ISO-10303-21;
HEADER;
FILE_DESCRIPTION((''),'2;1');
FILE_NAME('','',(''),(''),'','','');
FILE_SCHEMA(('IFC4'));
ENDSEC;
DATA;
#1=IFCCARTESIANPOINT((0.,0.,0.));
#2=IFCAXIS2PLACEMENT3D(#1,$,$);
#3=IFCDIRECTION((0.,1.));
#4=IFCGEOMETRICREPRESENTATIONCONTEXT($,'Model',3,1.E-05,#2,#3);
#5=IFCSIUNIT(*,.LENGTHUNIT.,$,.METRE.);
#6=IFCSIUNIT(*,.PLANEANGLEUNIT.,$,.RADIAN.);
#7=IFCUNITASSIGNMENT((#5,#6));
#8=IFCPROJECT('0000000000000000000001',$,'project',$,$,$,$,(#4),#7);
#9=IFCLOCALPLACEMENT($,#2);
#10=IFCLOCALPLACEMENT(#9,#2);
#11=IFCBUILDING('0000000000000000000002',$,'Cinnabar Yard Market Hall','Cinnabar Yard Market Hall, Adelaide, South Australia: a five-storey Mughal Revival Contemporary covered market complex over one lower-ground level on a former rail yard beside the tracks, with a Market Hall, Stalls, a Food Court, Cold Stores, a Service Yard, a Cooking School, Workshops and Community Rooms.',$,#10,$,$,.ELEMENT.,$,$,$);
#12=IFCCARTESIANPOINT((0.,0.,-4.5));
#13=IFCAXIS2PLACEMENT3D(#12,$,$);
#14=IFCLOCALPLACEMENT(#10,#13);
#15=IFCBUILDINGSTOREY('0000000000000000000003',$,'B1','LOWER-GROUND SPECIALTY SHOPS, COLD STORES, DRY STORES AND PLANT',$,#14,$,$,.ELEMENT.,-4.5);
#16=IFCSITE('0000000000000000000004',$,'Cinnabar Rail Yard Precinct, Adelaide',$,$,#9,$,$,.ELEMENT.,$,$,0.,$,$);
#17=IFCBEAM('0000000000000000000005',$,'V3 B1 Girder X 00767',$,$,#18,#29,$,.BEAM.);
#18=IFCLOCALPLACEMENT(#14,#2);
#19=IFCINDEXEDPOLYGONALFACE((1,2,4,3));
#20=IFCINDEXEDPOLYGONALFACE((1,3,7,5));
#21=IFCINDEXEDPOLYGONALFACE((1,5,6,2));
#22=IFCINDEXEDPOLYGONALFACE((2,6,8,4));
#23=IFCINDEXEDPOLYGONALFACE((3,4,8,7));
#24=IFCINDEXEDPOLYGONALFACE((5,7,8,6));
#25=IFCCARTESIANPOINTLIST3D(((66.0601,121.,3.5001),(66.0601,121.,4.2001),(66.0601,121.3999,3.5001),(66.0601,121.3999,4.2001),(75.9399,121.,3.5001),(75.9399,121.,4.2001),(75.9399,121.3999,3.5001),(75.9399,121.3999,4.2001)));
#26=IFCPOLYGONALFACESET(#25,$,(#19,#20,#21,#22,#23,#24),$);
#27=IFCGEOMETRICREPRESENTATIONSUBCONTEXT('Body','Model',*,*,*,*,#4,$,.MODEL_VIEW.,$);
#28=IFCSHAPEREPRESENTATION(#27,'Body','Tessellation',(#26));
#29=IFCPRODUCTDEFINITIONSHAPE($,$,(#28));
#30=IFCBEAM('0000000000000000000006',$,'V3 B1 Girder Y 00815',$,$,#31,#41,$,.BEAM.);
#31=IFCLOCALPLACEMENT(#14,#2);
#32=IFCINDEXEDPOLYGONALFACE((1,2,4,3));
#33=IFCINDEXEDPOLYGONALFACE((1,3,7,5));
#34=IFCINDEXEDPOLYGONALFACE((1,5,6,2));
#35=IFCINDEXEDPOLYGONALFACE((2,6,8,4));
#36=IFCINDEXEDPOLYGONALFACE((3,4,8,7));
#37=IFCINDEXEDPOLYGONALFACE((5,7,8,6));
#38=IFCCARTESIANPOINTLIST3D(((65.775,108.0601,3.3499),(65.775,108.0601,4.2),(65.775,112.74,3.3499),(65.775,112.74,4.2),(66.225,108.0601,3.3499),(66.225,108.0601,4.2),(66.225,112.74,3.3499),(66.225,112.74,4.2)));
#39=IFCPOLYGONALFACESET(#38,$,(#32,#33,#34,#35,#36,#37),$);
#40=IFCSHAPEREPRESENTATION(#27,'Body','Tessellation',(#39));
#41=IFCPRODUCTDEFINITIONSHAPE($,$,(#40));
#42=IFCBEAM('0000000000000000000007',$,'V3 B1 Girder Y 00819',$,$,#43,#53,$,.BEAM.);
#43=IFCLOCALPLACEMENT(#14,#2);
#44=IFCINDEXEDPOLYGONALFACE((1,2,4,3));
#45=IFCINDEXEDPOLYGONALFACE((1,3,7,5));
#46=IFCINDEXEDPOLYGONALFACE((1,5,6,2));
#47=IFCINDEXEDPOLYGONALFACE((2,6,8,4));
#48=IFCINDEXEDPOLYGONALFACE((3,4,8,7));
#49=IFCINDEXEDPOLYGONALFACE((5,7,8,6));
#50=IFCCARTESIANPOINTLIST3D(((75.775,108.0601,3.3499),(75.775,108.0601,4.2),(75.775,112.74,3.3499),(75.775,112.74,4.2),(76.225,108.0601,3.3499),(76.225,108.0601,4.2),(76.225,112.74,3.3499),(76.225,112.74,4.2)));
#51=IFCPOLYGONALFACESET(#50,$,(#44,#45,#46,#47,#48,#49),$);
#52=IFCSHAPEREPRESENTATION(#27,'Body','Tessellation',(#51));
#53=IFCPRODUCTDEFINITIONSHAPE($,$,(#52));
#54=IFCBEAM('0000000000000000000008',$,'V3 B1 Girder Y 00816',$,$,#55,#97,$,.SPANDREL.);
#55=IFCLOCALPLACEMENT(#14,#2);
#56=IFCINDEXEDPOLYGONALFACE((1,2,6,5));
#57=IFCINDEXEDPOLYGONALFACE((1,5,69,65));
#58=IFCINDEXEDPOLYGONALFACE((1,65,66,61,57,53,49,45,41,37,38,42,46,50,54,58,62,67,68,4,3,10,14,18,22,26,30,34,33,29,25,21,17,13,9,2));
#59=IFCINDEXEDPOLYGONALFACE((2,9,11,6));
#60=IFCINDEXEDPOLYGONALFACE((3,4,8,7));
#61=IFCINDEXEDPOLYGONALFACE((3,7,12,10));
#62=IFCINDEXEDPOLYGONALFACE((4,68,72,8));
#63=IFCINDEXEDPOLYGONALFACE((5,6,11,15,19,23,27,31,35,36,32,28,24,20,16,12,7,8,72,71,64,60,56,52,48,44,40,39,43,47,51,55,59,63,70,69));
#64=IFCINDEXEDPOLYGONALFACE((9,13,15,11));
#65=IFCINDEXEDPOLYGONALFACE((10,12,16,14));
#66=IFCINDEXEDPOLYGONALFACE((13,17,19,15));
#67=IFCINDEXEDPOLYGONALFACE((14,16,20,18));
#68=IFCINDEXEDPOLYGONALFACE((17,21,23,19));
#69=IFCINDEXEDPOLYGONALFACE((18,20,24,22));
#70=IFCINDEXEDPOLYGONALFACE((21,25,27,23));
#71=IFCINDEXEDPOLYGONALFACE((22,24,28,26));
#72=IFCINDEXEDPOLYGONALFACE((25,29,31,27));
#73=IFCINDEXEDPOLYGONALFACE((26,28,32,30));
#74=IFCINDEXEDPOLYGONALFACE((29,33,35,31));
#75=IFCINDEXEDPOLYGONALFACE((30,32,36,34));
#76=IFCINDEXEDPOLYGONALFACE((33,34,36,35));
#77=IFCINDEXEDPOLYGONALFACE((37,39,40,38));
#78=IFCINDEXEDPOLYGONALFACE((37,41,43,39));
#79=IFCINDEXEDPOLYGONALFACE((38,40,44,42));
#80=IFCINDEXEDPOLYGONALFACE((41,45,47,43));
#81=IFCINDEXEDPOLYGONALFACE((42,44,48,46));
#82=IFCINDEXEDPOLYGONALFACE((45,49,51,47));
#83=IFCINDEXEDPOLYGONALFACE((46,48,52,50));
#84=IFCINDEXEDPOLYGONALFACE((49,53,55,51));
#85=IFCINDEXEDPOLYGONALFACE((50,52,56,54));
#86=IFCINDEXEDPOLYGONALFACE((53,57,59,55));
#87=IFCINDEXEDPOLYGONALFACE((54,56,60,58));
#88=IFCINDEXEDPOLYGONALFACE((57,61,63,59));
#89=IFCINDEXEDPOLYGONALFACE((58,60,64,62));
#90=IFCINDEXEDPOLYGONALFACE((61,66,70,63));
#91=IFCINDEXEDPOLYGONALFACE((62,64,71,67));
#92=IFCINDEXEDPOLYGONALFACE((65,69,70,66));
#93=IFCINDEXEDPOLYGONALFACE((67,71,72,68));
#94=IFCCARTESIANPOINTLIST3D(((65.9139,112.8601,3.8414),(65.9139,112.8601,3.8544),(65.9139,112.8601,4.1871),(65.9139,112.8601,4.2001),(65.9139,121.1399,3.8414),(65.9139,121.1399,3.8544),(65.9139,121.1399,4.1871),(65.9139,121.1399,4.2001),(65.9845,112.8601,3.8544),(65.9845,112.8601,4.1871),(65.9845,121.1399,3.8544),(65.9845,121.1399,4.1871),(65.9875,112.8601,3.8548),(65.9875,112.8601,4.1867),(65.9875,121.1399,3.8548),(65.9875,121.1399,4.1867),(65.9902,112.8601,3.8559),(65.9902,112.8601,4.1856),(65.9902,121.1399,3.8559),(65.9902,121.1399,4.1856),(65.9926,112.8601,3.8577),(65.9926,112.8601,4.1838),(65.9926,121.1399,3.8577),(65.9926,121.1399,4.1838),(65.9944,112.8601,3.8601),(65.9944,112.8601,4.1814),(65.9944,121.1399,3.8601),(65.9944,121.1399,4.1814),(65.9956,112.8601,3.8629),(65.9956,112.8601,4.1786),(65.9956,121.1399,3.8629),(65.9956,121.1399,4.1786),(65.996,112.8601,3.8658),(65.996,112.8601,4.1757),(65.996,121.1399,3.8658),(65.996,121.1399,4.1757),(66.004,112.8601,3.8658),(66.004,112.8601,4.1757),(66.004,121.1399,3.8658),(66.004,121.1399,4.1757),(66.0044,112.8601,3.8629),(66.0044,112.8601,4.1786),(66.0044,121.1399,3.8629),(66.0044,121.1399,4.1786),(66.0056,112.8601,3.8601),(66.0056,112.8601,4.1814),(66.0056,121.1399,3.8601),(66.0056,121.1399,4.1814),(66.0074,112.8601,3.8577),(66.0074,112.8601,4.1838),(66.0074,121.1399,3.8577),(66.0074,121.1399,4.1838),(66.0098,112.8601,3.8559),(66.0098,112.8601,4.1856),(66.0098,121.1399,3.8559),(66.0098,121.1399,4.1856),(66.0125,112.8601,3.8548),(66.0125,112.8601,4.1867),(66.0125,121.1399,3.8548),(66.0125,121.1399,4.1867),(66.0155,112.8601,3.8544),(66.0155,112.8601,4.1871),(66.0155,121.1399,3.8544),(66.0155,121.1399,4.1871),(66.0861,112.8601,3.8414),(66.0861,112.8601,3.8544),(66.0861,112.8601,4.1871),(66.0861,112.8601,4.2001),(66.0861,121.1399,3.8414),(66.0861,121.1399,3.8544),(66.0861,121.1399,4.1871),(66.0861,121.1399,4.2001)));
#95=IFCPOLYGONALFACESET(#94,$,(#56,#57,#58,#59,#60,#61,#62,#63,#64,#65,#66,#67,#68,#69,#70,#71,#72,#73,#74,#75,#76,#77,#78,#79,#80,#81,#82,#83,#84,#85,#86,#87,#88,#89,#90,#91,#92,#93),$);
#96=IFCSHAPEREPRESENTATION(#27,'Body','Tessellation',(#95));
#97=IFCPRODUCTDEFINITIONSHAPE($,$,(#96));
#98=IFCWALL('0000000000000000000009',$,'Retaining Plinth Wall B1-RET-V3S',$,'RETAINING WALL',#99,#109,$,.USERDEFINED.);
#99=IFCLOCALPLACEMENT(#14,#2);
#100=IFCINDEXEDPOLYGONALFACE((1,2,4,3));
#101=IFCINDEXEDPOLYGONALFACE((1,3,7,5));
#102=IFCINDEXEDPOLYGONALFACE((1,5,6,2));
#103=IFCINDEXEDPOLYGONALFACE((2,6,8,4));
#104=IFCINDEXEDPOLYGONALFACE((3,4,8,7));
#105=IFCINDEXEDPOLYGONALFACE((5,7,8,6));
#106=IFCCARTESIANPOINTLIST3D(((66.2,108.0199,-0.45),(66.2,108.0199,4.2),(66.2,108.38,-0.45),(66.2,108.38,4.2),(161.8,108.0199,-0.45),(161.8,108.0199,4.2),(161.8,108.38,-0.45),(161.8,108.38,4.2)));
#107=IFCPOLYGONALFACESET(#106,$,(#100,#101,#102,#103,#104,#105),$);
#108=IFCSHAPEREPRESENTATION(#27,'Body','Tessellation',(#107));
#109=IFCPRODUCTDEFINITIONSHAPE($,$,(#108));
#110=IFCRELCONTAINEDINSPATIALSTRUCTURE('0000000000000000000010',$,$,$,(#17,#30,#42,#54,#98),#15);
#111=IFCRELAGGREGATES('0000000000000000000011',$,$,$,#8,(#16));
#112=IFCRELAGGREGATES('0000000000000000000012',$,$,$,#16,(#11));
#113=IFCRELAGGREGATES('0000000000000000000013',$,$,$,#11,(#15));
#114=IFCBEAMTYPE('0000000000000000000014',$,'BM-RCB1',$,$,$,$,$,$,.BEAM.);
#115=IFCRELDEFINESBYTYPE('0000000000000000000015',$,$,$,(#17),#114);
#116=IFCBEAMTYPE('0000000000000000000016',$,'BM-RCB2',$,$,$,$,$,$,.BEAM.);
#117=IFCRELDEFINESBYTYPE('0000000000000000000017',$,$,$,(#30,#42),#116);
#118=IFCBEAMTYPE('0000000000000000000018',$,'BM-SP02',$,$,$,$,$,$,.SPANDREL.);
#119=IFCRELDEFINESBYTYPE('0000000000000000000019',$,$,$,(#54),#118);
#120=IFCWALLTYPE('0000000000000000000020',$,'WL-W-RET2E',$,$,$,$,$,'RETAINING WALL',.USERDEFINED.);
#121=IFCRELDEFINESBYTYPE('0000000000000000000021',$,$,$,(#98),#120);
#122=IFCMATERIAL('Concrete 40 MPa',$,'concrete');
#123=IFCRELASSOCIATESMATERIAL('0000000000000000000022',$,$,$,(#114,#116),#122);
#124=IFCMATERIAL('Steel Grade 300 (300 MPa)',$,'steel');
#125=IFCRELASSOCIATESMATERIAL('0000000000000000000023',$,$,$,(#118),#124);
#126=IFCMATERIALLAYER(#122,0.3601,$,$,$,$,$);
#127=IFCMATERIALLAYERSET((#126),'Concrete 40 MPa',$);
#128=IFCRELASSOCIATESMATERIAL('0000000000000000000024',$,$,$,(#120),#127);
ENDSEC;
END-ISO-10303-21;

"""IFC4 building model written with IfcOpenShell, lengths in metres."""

from ifc_helpers import new_model, si_unit, direction, frame, frame_2d, origin, origin_2d_with_axis, place, context, subcontext, project, spatial, rectangle, i_section, extrude, material, layer, layer_set, material_profile, profile_set, type_object, element, save


model = new_model("IFC4")

# Units and contexts
model_context = context("Model", 3, precision=1e-05, world=origin(), true_north=direction((0.0, 1.0)))
body_context = subcontext(model_context, "Body", "Model", "MODEL_VIEW")
ifc_project = project(units=[si_unit("LENGTHUNIT", "METRE"), si_unit("PLANEANGLEUNIT", "RADIAN")], contexts=[model_context])

# Site, building, storey
site_placement = place(None, origin())
site = spatial("IfcSite", under=ifc_project, at=site_placement, Name="Cinnabar Rail Yard Precinct, Adelaide", CompositionType="ELEMENT", RefElevation=0.0)
building_placement = place(site_placement, origin())
building = spatial("IfcBuilding", under=site, at=building_placement, Name="Cinnabar Yard Market Hall", Description="Cinnabar Yard Market Hall, Adelaide, South Australia: a five-storey Mughal Revival Contemporary covered market complex over one lower-ground level on a former rail yard beside the tracks, with a Market Hall, Stalls, a Food Court, Cold Stores, a Service Yard, a Cooking School, Workshops and Community Rooms.", CompositionType="ELEMENT")
storey_placement = place(building_placement, frame((0.0, 0.0, -4.5)))
storey = spatial("IfcBuildingStorey", under=building, at=storey_placement, Name="B1", Description="LOWER-GROUND SPECIALTY SHOPS, COLD STORES, DRY STORES AND PLANT", CompositionType="ELEMENT", Elevation=-4.5)

# Shared definitions
ifc_material_1 = material(Name="Concrete 40 MPa", Category="concrete")

# Shared definitions
ifc_material_2 = material(Name="Steel Grade 300 (300 MPa)", Category="steel")

# Beams
ifc_material_profile_1 = material_profile(ifc_material_1, rectangle(XDim=0.3999, YDim=0.7, at=origin_2d_with_axis()), Name="RCB-400x700")
ifc_profile_set_1 = profile_set([ifc_material_profile_1], Name="Concrete 40 MPa")
beam_type_1 = type_object("IfcBeamType", Name="BM-RCB1", PredefinedType="BEAM", material=ifc_profile_set_1)
for number, where, z_axis, x_axis, name in (
    (1, (66.0601, 121.2, 3.8501), (1.0, 0.0, 0.0), (0.0, 1.0, 0.0), "V3 B1 Girder X 00767"),
):
    element("IfcBeam", number, at=place(storey_placement, frame(where, z_axis=z_axis, x_axis=x_axis)), inside=storey, type_object=beam_type_1, Name=name, PredefinedType="BEAM", context=body_context, shape_type="SweptSolid", body=[
        extrude(rectangle(XDim=0.3999, YDim=0.7, at=origin_2d_with_axis()), origin(), (0.0, 0.0, 1.0), 9.8799),
    ])
ifc_material_profile_2 = material_profile(ifc_material_1, rectangle(XDim=0.45, YDim=0.8501, at=origin_2d_with_axis()), Name="RCB-450x850")
ifc_profile_set_2 = profile_set([ifc_material_profile_2], Name="Concrete 40 MPa")
beam_type_2 = type_object("IfcBeamType", Name="BM-RCB2", PredefinedType="BEAM", material=ifc_profile_set_2)
for number, where, z_axis, x_axis, name in (
    (2, (66.0, 108.0601, 3.7749), (0.0, 1.0, 0.0), (-1.0, 0.0, 0.0), "V3 B1 Girder Y 00815"),
    (3, (76.0, 108.0601, 3.7749), (0.0, 1.0, 0.0), (-1.0, 0.0, 0.0), "V3 B1 Girder Y 00819"),
):
    element("IfcBeam", number, at=place(storey_placement, frame(where, z_axis=z_axis, x_axis=x_axis)), inside=storey, type_object=beam_type_2, Name=name, PredefinedType="BEAM", context=body_context, shape_type="SweptSolid", body=[
        extrude(rectangle(XDim=0.45, YDim=0.8501, at=origin_2d_with_axis()), origin(), (0.0, 0.0, 1.0), 4.6799),
    ])
ifc_material_profile_3 = material_profile(ifc_material_2, i_section(OverallWidth=0.1721, OverallDepth=0.3586, WebThickness=0.0081, FlangeThickness=0.0129, FilletRadius=0.0115, at=origin_2d_with_axis()), Name="360UB56.7")
ifc_profile_set_3 = profile_set([ifc_material_profile_3], Name="Steel Grade 300 (300 MPa)")
beam_type_3 = type_object("IfcBeamType", Name="BM-SP02", PredefinedType="SPANDREL", material=ifc_profile_set_3)
beam_1_placement = place(storey_placement, frame((66.0, 112.8601, 4.0208), z_axis=(0.0, 1.0, 0.0), x_axis=(-1.0, 0.0, 0.0)))
element("IfcBeam", 4, at=beam_1_placement, inside=storey, type_object=beam_type_3, Name="V3 B1 Girder Y 00816", PredefinedType="SPANDREL", context=body_context, shape_type="SweptSolid", body=[
    extrude(i_section(OverallWidth=0.1721, OverallDepth=0.3586, WebThickness=0.0081, FlangeThickness=0.0129, FilletRadius=0.0115, at=origin_2d_with_axis()), origin(), (0.0, 0.0, 1.0), 8.2798),
])

# Wall
ifc_layer_1 = layer(ifc_material_1, 0.3601)
ifc_layer_set_1 = layer_set([ifc_layer_1], Name="Concrete 40 MPa")
wall_type = type_object("IfcWallType", Name="WL-W-RET2E", ElementType="RETAINING WALL", PredefinedType="USERDEFINED", material=ifc_layer_set_1)
wall_placement = place(storey_placement, frame((66.2, 108.2, -0.45), z_axis=(0.0, 0.0, 1.0), x_axis=(1.0, 0.0, 0.0)))
element("IfcWall", 5, at=wall_placement, inside=storey, type_object=wall_type, Name="Retaining Plinth Wall B1-RET-V3S", ObjectType="RETAINING WALL", PredefinedType="USERDEFINED", context=body_context, shape_type="SweptSolid", body=[
    extrude(rectangle(XDim=95.6001, YDim=0.3601, at=frame_2d((47.8, 0.0), x_axis=(1.0, 0.0))), origin(), (0.0, 0.0, 1.0), 4.6499),
])

save(model, "model.ifc")
